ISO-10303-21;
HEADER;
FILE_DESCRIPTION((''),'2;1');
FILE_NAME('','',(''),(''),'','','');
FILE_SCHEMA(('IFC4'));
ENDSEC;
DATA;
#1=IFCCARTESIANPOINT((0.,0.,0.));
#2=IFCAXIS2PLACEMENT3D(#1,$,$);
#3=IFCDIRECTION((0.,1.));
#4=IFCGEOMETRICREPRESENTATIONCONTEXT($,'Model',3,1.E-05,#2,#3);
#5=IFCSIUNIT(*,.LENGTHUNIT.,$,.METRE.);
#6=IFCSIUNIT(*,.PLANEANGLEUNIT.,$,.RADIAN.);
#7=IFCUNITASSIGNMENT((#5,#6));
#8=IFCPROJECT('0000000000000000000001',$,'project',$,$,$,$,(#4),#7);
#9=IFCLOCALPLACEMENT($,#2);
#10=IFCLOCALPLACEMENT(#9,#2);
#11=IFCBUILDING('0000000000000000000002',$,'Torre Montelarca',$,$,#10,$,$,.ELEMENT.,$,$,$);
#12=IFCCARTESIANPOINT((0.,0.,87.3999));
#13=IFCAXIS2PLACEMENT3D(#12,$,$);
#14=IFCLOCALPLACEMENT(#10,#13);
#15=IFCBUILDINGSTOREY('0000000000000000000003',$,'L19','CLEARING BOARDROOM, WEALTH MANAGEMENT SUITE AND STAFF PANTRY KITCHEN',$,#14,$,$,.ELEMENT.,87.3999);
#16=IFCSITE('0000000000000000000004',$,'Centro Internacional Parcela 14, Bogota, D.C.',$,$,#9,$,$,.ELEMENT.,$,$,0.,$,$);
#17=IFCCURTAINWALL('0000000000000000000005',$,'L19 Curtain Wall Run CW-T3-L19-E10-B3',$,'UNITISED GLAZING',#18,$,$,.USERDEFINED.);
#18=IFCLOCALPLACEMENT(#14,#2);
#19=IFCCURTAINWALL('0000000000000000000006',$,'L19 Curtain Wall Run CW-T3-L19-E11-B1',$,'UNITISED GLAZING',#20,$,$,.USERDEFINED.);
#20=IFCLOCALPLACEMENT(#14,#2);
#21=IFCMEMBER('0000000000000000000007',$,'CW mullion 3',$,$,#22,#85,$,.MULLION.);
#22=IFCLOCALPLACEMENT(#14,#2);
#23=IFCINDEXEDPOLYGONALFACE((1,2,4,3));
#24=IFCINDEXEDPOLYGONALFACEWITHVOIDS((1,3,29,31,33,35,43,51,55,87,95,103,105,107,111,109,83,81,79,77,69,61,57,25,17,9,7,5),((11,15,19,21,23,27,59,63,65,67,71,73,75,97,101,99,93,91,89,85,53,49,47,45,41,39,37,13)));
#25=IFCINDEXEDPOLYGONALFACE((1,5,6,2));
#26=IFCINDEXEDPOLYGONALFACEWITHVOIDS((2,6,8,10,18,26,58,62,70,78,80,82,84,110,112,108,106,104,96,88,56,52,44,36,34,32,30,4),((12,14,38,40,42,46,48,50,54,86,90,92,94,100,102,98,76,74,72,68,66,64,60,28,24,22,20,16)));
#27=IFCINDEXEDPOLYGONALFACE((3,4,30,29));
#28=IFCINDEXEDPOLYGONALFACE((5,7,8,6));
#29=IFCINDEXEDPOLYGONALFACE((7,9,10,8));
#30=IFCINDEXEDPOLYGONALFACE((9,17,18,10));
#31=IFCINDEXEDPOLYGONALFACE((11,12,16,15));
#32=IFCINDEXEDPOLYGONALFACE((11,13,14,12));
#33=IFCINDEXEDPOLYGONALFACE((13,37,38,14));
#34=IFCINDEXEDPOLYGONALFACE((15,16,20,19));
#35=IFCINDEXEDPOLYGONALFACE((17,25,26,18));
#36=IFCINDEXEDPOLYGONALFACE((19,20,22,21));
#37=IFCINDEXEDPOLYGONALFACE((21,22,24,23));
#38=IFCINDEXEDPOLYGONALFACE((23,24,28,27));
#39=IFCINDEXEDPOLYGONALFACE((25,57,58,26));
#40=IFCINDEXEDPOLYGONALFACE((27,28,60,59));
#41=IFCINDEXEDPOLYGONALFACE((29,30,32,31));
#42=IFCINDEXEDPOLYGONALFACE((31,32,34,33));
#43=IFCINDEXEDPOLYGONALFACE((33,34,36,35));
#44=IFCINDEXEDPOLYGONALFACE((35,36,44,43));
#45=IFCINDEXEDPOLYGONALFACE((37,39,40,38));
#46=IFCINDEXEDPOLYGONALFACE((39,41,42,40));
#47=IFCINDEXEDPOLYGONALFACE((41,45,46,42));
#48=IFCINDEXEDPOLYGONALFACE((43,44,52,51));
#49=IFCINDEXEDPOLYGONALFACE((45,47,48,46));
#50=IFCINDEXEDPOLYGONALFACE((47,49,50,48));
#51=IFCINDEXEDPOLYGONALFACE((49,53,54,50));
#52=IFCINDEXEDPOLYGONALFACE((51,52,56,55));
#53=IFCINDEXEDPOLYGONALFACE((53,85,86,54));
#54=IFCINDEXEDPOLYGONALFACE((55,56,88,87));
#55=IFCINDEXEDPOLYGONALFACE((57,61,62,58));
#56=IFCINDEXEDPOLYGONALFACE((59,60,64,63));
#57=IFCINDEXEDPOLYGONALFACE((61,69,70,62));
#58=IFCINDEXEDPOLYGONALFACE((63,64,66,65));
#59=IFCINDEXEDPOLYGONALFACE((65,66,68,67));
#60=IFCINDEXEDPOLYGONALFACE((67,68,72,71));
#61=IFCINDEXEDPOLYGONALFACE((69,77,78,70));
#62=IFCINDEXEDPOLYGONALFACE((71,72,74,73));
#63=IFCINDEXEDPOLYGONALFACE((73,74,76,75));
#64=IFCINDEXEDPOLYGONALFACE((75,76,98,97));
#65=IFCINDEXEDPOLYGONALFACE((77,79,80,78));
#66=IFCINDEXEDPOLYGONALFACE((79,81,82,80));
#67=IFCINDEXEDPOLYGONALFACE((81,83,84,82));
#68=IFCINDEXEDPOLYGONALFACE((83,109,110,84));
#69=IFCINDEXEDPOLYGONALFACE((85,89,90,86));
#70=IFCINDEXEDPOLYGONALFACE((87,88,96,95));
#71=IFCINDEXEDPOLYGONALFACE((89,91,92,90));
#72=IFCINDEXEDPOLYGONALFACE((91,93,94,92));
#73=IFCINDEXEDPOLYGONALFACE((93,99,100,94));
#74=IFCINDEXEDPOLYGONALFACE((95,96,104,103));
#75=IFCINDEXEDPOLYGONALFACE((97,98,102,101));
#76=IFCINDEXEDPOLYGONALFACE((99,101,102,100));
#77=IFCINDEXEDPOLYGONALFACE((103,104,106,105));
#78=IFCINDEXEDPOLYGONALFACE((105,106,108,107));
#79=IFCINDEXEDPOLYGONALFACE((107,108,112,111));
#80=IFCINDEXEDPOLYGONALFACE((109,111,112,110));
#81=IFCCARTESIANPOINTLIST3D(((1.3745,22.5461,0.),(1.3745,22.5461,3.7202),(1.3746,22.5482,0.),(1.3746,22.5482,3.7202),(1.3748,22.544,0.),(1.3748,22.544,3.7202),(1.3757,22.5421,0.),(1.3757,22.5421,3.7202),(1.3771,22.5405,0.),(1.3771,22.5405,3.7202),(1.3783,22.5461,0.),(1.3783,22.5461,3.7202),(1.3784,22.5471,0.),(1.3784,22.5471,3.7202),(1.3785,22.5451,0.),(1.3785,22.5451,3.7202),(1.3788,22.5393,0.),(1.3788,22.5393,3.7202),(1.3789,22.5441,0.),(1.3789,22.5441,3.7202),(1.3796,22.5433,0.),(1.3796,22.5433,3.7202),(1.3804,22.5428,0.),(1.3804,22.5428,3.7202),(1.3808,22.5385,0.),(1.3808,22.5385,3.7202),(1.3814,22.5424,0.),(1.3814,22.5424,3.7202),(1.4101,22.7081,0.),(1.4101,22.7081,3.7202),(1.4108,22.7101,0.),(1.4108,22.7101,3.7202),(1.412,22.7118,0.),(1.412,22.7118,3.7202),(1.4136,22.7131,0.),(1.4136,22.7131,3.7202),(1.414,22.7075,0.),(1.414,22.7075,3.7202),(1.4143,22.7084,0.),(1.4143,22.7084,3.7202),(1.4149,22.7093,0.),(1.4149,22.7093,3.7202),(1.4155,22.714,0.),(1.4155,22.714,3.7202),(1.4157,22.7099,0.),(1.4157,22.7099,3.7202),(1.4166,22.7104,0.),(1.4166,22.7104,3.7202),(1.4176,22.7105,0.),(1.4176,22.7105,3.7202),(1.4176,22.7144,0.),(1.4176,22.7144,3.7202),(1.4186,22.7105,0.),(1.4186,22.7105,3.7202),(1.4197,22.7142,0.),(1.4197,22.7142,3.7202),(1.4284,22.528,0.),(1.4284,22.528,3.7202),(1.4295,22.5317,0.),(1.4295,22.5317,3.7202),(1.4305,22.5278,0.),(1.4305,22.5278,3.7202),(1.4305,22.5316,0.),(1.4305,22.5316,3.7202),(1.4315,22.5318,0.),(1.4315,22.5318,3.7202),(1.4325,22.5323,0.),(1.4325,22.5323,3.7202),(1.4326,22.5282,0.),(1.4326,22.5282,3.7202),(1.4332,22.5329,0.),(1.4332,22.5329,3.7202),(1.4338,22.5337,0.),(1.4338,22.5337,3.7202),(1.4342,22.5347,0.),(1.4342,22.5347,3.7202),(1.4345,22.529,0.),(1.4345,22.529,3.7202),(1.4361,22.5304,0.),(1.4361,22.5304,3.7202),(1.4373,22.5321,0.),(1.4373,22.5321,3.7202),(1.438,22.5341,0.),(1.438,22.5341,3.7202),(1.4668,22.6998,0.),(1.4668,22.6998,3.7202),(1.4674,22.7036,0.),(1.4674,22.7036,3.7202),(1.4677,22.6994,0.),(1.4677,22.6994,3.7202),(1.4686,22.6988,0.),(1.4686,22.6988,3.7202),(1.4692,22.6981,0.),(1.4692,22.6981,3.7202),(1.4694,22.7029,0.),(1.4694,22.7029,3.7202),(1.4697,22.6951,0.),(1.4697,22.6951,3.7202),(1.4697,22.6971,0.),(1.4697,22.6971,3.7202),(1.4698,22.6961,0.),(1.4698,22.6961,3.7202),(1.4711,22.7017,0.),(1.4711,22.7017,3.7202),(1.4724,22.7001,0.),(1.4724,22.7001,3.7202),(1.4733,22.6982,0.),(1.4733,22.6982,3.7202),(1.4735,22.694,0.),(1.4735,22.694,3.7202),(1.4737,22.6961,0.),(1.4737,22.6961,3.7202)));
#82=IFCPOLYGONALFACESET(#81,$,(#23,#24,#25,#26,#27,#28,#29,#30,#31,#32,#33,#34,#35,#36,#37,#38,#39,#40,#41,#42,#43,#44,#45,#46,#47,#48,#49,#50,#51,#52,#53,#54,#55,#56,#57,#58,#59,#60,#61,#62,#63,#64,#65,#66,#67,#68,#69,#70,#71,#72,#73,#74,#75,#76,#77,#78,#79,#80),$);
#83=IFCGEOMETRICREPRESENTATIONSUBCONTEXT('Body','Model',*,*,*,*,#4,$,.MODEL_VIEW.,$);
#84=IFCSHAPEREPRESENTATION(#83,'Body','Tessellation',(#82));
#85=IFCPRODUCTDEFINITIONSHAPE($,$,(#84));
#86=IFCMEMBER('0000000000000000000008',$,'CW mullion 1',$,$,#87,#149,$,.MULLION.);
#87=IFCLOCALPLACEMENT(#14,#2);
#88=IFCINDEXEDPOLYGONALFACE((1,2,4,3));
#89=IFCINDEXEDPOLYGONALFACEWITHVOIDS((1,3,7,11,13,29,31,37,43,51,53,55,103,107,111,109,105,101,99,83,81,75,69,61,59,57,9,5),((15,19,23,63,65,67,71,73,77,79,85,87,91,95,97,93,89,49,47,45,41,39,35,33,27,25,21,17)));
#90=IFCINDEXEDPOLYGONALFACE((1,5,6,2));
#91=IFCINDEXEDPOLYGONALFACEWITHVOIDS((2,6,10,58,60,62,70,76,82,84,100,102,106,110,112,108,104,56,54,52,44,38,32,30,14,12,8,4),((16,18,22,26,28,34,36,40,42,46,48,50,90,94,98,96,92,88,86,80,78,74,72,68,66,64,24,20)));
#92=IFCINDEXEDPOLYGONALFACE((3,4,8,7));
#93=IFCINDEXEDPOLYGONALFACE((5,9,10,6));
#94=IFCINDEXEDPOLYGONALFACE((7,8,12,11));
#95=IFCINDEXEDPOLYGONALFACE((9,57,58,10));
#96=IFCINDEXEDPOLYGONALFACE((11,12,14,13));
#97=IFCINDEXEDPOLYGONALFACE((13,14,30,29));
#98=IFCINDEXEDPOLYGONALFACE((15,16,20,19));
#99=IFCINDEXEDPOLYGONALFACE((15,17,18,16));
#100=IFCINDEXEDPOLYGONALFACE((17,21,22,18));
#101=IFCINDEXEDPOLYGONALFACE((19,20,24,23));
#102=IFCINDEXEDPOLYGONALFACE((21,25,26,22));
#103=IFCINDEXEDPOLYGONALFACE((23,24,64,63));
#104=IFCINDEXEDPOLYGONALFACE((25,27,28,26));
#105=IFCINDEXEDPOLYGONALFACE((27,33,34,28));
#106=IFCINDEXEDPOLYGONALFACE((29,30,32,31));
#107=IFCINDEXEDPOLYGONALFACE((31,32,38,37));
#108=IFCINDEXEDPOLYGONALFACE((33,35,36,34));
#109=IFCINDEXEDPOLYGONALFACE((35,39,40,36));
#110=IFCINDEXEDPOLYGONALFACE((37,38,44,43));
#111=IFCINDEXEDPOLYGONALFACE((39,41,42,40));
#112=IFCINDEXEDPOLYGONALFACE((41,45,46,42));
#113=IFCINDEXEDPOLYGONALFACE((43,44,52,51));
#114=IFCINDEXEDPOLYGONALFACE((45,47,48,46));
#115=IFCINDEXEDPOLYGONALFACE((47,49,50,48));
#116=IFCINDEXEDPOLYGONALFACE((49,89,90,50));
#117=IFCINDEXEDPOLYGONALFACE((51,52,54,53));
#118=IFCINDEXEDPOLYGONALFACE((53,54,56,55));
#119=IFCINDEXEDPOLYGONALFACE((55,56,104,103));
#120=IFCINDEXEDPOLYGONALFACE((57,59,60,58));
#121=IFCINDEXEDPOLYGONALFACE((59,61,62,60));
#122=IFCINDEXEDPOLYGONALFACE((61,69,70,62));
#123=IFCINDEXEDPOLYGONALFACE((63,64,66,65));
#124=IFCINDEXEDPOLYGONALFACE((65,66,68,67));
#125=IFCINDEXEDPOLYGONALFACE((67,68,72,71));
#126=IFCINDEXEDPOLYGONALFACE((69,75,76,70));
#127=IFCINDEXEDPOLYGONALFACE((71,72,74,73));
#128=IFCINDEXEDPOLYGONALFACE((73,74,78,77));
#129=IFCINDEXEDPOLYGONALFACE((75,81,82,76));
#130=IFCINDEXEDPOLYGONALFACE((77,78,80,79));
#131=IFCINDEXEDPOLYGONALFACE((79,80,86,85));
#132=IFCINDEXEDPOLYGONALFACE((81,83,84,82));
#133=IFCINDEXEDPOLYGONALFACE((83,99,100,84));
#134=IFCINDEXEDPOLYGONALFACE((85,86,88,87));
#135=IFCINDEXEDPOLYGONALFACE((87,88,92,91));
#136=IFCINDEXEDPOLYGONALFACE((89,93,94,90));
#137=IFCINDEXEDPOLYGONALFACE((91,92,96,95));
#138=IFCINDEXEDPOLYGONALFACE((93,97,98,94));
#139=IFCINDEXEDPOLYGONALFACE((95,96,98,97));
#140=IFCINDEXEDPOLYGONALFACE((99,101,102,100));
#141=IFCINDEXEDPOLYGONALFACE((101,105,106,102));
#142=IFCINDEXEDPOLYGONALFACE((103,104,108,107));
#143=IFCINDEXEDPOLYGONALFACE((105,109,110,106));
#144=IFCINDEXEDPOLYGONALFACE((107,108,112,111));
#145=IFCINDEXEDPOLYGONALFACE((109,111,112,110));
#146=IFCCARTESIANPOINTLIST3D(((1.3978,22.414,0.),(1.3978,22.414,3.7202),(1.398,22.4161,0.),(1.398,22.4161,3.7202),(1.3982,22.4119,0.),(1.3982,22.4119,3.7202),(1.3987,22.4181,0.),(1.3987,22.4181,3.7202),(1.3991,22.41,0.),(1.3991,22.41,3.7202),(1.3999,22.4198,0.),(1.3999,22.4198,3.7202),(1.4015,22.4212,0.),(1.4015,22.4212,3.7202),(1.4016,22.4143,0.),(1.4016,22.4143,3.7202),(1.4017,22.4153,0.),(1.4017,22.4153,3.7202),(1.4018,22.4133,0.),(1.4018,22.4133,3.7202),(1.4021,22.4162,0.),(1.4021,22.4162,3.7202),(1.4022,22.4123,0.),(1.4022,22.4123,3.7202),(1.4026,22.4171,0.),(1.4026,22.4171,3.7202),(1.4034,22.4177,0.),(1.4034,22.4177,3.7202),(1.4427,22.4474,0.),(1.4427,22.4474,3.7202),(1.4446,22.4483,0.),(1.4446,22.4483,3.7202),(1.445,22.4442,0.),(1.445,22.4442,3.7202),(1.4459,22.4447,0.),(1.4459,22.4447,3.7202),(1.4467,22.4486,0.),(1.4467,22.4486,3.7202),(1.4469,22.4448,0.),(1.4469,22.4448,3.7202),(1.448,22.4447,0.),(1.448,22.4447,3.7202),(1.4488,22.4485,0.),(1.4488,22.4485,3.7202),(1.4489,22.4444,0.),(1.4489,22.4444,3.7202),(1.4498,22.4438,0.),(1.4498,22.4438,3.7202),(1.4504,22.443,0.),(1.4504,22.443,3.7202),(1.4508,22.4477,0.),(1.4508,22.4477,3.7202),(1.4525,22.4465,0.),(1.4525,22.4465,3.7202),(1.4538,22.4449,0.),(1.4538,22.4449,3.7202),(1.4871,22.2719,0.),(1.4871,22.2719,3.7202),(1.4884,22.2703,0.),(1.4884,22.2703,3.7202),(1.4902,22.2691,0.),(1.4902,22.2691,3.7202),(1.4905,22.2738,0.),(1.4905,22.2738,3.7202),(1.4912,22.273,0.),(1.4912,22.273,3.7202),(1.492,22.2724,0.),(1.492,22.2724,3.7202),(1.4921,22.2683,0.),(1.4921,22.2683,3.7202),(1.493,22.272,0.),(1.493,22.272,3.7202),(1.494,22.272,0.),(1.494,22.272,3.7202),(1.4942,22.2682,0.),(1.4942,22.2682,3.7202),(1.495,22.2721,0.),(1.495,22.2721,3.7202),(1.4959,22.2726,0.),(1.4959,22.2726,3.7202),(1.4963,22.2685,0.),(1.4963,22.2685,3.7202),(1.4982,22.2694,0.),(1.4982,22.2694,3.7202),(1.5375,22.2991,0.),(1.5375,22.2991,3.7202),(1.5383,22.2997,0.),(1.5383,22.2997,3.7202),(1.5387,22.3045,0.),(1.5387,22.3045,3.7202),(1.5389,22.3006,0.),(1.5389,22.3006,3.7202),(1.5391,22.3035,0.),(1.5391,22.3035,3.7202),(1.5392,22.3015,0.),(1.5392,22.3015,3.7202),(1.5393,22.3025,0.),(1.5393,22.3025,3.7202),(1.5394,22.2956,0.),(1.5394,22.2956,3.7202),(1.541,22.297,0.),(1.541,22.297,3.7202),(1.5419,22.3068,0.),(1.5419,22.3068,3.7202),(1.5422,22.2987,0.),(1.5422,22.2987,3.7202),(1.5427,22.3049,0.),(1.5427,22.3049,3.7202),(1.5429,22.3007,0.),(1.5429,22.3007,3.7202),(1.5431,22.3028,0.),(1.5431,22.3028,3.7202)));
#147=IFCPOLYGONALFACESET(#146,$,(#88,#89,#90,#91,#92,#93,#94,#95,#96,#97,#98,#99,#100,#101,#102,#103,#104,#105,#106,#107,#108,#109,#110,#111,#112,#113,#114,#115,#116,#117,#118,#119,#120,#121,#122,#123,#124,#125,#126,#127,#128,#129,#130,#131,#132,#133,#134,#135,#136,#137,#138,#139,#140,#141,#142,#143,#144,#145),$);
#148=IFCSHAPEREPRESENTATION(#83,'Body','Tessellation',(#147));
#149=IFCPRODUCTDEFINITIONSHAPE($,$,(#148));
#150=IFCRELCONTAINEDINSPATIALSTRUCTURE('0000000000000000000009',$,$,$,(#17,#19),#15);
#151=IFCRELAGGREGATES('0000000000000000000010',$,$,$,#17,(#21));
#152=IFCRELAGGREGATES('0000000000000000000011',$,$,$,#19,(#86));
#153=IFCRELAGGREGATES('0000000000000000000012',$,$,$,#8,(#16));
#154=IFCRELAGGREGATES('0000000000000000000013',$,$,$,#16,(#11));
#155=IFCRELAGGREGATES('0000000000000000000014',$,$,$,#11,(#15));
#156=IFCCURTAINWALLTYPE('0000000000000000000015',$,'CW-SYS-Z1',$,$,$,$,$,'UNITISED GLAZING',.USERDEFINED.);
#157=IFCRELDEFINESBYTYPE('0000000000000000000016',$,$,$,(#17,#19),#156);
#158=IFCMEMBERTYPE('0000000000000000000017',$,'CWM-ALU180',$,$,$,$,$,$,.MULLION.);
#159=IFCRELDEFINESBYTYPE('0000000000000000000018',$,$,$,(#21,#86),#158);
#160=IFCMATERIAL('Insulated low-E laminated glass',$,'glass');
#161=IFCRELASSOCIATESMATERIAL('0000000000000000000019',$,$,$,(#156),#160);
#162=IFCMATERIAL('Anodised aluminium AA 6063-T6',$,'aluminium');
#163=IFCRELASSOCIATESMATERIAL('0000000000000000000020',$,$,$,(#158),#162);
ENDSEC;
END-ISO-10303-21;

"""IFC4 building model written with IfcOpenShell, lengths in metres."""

from ifc_helpers import new_model, si_unit, direction, frame, origin, origin_2d, place, context, subcontext, project, spatial, hollow_rectangle, extrude, source, transform, mapped, material, material_profile, profile_set, type_object, element, aggregate, save


model = new_model("IFC4")

# Units and contexts
model_context = context("Model", 3, precision=1e-05, world=origin(), true_north=direction((0.0, 1.0)))
body_context = subcontext(model_context, "Body", "Model", "MODEL_VIEW")
ifc_project = project(units=[si_unit("LENGTHUNIT", "METRE"), si_unit("PLANEANGLEUNIT", "RADIAN")], contexts=[model_context])

# Site, building, storey
site_placement = place(None, origin())
site = spatial("IfcSite", under=ifc_project, at=site_placement, Name="Centro Internacional Parcela 14, Bogota, D.C.", CompositionType="ELEMENT", RefElevation=0.0)
building_placement = place(site_placement, origin())
building = spatial("IfcBuilding", under=site, at=building_placement, Name="Torre Montelarca", CompositionType="ELEMENT")
storey_placement = place(building_placement, frame((0.0, 0.0, 87.3999)))
storey = spatial("IfcBuildingStorey", under=building, at=storey_placement, Name="L19", Description="CLEARING BOARDROOM, WEALTH MANAGEMENT SUITE AND STAFF PANTRY KITCHEN", CompositionType="ELEMENT", Elevation=87.3999)

# Curtain walls
ifc_material_1 = material(Name="Insulated low-E laminated glass", Category="glass")
curtain_wall_type = type_object("IfcCurtainWallType", Name="CW-SYS-Z1", ElementType="UNITISED GLAZING", PredefinedType="USERDEFINED", material=ifc_material_1)
curtain_wall_1_placement = place(storey_placement, origin())
curtain_wall_1 = element("IfcCurtainWall", 1, at=curtain_wall_1_placement, inside=storey, type_object=curtain_wall_type, Name="L19 Curtain Wall Run CW-T3-L19-E10-B3", ObjectType="UNITISED GLAZING", PredefinedType="USERDEFINED")
ifc_material_2 = material(Name="Anodised aluminium AA 6063-T6", Category="aluminium")
curtain_wall_2_placement = place(storey_placement, origin())
curtain_wall_2 = element("IfcCurtainWall", 2, at=curtain_wall_2_placement, inside=storey, type_object=curtain_wall_type, Name="L19 Curtain Wall Run CW-T3-L19-E11-B1", ObjectType="UNITISED GLAZING", PredefinedType="USERDEFINED")

# Members
ifc_material_profile_1 = material_profile(ifc_material_2, hollow_rectangle(XDim=0.0649, YDim=0.1799, WallThickness=0.0039, InnerFilletRadius=0.0039, OuterFilletRadius=0.0081, at=origin_2d()), Name="ALU65X180X4", Category="aluminium")
ifc_profile_set_1 = profile_set([ifc_material_profile_1], Name="Anodised aluminium AA 6063-T6")
member_type_1 = type_object("IfcMemberType", Name="CWM-ALU180", PredefinedType="MULLION", material=ifc_profile_set_1)
shared_shape_1 = source(origin(), body_context, "Body", "SweptSolid", [
    extrude(hollow_rectangle(XDim=0.0649, YDim=0.1799, WallThickness=0.0039, InnerFilletRadius=0.0039, OuterFilletRadius=0.0081, at=origin_2d()), origin(), (0.0, 0.0, 1.0), 3.7202),
])
member_1_placement = place(storey_placement, frame((1.4241, 22.6211, 0.0), z_axis=(0.0, 0.0, 1.0), x_axis=(0.976292, -0.216458, 0.0)))
member_1 = element("IfcMember", 3, at=member_1_placement, type_object=member_type_1, Name="CW mullion 3", PredefinedType="MULLION", context=body_context, shape_type="MappedRepresentation", body=[
    mapped(shared_shape_1, transform((0.0, 0.0, 0.0), scale=1.0)),
])
member_2_placement = place(storey_placement, frame((1.4705, 22.3584, 0.0), z_axis=(0.0, 0.0, 1.0), x_axis=(0.843384, 0.537311, 0.0)))
member_2 = element("IfcMember", 4, at=member_2_placement, type_object=member_type_1, Name="CW mullion 1", PredefinedType="MULLION", context=body_context, shape_type="MappedRepresentation", body=[
    mapped(shared_shape_1, transform((0.0, 0.0, 0.0), scale=1.0)),
])

aggregate(curtain_wall_1, [member_1])
aggregate(curtain_wall_2, [member_2])

save(model, "model.ifc")
